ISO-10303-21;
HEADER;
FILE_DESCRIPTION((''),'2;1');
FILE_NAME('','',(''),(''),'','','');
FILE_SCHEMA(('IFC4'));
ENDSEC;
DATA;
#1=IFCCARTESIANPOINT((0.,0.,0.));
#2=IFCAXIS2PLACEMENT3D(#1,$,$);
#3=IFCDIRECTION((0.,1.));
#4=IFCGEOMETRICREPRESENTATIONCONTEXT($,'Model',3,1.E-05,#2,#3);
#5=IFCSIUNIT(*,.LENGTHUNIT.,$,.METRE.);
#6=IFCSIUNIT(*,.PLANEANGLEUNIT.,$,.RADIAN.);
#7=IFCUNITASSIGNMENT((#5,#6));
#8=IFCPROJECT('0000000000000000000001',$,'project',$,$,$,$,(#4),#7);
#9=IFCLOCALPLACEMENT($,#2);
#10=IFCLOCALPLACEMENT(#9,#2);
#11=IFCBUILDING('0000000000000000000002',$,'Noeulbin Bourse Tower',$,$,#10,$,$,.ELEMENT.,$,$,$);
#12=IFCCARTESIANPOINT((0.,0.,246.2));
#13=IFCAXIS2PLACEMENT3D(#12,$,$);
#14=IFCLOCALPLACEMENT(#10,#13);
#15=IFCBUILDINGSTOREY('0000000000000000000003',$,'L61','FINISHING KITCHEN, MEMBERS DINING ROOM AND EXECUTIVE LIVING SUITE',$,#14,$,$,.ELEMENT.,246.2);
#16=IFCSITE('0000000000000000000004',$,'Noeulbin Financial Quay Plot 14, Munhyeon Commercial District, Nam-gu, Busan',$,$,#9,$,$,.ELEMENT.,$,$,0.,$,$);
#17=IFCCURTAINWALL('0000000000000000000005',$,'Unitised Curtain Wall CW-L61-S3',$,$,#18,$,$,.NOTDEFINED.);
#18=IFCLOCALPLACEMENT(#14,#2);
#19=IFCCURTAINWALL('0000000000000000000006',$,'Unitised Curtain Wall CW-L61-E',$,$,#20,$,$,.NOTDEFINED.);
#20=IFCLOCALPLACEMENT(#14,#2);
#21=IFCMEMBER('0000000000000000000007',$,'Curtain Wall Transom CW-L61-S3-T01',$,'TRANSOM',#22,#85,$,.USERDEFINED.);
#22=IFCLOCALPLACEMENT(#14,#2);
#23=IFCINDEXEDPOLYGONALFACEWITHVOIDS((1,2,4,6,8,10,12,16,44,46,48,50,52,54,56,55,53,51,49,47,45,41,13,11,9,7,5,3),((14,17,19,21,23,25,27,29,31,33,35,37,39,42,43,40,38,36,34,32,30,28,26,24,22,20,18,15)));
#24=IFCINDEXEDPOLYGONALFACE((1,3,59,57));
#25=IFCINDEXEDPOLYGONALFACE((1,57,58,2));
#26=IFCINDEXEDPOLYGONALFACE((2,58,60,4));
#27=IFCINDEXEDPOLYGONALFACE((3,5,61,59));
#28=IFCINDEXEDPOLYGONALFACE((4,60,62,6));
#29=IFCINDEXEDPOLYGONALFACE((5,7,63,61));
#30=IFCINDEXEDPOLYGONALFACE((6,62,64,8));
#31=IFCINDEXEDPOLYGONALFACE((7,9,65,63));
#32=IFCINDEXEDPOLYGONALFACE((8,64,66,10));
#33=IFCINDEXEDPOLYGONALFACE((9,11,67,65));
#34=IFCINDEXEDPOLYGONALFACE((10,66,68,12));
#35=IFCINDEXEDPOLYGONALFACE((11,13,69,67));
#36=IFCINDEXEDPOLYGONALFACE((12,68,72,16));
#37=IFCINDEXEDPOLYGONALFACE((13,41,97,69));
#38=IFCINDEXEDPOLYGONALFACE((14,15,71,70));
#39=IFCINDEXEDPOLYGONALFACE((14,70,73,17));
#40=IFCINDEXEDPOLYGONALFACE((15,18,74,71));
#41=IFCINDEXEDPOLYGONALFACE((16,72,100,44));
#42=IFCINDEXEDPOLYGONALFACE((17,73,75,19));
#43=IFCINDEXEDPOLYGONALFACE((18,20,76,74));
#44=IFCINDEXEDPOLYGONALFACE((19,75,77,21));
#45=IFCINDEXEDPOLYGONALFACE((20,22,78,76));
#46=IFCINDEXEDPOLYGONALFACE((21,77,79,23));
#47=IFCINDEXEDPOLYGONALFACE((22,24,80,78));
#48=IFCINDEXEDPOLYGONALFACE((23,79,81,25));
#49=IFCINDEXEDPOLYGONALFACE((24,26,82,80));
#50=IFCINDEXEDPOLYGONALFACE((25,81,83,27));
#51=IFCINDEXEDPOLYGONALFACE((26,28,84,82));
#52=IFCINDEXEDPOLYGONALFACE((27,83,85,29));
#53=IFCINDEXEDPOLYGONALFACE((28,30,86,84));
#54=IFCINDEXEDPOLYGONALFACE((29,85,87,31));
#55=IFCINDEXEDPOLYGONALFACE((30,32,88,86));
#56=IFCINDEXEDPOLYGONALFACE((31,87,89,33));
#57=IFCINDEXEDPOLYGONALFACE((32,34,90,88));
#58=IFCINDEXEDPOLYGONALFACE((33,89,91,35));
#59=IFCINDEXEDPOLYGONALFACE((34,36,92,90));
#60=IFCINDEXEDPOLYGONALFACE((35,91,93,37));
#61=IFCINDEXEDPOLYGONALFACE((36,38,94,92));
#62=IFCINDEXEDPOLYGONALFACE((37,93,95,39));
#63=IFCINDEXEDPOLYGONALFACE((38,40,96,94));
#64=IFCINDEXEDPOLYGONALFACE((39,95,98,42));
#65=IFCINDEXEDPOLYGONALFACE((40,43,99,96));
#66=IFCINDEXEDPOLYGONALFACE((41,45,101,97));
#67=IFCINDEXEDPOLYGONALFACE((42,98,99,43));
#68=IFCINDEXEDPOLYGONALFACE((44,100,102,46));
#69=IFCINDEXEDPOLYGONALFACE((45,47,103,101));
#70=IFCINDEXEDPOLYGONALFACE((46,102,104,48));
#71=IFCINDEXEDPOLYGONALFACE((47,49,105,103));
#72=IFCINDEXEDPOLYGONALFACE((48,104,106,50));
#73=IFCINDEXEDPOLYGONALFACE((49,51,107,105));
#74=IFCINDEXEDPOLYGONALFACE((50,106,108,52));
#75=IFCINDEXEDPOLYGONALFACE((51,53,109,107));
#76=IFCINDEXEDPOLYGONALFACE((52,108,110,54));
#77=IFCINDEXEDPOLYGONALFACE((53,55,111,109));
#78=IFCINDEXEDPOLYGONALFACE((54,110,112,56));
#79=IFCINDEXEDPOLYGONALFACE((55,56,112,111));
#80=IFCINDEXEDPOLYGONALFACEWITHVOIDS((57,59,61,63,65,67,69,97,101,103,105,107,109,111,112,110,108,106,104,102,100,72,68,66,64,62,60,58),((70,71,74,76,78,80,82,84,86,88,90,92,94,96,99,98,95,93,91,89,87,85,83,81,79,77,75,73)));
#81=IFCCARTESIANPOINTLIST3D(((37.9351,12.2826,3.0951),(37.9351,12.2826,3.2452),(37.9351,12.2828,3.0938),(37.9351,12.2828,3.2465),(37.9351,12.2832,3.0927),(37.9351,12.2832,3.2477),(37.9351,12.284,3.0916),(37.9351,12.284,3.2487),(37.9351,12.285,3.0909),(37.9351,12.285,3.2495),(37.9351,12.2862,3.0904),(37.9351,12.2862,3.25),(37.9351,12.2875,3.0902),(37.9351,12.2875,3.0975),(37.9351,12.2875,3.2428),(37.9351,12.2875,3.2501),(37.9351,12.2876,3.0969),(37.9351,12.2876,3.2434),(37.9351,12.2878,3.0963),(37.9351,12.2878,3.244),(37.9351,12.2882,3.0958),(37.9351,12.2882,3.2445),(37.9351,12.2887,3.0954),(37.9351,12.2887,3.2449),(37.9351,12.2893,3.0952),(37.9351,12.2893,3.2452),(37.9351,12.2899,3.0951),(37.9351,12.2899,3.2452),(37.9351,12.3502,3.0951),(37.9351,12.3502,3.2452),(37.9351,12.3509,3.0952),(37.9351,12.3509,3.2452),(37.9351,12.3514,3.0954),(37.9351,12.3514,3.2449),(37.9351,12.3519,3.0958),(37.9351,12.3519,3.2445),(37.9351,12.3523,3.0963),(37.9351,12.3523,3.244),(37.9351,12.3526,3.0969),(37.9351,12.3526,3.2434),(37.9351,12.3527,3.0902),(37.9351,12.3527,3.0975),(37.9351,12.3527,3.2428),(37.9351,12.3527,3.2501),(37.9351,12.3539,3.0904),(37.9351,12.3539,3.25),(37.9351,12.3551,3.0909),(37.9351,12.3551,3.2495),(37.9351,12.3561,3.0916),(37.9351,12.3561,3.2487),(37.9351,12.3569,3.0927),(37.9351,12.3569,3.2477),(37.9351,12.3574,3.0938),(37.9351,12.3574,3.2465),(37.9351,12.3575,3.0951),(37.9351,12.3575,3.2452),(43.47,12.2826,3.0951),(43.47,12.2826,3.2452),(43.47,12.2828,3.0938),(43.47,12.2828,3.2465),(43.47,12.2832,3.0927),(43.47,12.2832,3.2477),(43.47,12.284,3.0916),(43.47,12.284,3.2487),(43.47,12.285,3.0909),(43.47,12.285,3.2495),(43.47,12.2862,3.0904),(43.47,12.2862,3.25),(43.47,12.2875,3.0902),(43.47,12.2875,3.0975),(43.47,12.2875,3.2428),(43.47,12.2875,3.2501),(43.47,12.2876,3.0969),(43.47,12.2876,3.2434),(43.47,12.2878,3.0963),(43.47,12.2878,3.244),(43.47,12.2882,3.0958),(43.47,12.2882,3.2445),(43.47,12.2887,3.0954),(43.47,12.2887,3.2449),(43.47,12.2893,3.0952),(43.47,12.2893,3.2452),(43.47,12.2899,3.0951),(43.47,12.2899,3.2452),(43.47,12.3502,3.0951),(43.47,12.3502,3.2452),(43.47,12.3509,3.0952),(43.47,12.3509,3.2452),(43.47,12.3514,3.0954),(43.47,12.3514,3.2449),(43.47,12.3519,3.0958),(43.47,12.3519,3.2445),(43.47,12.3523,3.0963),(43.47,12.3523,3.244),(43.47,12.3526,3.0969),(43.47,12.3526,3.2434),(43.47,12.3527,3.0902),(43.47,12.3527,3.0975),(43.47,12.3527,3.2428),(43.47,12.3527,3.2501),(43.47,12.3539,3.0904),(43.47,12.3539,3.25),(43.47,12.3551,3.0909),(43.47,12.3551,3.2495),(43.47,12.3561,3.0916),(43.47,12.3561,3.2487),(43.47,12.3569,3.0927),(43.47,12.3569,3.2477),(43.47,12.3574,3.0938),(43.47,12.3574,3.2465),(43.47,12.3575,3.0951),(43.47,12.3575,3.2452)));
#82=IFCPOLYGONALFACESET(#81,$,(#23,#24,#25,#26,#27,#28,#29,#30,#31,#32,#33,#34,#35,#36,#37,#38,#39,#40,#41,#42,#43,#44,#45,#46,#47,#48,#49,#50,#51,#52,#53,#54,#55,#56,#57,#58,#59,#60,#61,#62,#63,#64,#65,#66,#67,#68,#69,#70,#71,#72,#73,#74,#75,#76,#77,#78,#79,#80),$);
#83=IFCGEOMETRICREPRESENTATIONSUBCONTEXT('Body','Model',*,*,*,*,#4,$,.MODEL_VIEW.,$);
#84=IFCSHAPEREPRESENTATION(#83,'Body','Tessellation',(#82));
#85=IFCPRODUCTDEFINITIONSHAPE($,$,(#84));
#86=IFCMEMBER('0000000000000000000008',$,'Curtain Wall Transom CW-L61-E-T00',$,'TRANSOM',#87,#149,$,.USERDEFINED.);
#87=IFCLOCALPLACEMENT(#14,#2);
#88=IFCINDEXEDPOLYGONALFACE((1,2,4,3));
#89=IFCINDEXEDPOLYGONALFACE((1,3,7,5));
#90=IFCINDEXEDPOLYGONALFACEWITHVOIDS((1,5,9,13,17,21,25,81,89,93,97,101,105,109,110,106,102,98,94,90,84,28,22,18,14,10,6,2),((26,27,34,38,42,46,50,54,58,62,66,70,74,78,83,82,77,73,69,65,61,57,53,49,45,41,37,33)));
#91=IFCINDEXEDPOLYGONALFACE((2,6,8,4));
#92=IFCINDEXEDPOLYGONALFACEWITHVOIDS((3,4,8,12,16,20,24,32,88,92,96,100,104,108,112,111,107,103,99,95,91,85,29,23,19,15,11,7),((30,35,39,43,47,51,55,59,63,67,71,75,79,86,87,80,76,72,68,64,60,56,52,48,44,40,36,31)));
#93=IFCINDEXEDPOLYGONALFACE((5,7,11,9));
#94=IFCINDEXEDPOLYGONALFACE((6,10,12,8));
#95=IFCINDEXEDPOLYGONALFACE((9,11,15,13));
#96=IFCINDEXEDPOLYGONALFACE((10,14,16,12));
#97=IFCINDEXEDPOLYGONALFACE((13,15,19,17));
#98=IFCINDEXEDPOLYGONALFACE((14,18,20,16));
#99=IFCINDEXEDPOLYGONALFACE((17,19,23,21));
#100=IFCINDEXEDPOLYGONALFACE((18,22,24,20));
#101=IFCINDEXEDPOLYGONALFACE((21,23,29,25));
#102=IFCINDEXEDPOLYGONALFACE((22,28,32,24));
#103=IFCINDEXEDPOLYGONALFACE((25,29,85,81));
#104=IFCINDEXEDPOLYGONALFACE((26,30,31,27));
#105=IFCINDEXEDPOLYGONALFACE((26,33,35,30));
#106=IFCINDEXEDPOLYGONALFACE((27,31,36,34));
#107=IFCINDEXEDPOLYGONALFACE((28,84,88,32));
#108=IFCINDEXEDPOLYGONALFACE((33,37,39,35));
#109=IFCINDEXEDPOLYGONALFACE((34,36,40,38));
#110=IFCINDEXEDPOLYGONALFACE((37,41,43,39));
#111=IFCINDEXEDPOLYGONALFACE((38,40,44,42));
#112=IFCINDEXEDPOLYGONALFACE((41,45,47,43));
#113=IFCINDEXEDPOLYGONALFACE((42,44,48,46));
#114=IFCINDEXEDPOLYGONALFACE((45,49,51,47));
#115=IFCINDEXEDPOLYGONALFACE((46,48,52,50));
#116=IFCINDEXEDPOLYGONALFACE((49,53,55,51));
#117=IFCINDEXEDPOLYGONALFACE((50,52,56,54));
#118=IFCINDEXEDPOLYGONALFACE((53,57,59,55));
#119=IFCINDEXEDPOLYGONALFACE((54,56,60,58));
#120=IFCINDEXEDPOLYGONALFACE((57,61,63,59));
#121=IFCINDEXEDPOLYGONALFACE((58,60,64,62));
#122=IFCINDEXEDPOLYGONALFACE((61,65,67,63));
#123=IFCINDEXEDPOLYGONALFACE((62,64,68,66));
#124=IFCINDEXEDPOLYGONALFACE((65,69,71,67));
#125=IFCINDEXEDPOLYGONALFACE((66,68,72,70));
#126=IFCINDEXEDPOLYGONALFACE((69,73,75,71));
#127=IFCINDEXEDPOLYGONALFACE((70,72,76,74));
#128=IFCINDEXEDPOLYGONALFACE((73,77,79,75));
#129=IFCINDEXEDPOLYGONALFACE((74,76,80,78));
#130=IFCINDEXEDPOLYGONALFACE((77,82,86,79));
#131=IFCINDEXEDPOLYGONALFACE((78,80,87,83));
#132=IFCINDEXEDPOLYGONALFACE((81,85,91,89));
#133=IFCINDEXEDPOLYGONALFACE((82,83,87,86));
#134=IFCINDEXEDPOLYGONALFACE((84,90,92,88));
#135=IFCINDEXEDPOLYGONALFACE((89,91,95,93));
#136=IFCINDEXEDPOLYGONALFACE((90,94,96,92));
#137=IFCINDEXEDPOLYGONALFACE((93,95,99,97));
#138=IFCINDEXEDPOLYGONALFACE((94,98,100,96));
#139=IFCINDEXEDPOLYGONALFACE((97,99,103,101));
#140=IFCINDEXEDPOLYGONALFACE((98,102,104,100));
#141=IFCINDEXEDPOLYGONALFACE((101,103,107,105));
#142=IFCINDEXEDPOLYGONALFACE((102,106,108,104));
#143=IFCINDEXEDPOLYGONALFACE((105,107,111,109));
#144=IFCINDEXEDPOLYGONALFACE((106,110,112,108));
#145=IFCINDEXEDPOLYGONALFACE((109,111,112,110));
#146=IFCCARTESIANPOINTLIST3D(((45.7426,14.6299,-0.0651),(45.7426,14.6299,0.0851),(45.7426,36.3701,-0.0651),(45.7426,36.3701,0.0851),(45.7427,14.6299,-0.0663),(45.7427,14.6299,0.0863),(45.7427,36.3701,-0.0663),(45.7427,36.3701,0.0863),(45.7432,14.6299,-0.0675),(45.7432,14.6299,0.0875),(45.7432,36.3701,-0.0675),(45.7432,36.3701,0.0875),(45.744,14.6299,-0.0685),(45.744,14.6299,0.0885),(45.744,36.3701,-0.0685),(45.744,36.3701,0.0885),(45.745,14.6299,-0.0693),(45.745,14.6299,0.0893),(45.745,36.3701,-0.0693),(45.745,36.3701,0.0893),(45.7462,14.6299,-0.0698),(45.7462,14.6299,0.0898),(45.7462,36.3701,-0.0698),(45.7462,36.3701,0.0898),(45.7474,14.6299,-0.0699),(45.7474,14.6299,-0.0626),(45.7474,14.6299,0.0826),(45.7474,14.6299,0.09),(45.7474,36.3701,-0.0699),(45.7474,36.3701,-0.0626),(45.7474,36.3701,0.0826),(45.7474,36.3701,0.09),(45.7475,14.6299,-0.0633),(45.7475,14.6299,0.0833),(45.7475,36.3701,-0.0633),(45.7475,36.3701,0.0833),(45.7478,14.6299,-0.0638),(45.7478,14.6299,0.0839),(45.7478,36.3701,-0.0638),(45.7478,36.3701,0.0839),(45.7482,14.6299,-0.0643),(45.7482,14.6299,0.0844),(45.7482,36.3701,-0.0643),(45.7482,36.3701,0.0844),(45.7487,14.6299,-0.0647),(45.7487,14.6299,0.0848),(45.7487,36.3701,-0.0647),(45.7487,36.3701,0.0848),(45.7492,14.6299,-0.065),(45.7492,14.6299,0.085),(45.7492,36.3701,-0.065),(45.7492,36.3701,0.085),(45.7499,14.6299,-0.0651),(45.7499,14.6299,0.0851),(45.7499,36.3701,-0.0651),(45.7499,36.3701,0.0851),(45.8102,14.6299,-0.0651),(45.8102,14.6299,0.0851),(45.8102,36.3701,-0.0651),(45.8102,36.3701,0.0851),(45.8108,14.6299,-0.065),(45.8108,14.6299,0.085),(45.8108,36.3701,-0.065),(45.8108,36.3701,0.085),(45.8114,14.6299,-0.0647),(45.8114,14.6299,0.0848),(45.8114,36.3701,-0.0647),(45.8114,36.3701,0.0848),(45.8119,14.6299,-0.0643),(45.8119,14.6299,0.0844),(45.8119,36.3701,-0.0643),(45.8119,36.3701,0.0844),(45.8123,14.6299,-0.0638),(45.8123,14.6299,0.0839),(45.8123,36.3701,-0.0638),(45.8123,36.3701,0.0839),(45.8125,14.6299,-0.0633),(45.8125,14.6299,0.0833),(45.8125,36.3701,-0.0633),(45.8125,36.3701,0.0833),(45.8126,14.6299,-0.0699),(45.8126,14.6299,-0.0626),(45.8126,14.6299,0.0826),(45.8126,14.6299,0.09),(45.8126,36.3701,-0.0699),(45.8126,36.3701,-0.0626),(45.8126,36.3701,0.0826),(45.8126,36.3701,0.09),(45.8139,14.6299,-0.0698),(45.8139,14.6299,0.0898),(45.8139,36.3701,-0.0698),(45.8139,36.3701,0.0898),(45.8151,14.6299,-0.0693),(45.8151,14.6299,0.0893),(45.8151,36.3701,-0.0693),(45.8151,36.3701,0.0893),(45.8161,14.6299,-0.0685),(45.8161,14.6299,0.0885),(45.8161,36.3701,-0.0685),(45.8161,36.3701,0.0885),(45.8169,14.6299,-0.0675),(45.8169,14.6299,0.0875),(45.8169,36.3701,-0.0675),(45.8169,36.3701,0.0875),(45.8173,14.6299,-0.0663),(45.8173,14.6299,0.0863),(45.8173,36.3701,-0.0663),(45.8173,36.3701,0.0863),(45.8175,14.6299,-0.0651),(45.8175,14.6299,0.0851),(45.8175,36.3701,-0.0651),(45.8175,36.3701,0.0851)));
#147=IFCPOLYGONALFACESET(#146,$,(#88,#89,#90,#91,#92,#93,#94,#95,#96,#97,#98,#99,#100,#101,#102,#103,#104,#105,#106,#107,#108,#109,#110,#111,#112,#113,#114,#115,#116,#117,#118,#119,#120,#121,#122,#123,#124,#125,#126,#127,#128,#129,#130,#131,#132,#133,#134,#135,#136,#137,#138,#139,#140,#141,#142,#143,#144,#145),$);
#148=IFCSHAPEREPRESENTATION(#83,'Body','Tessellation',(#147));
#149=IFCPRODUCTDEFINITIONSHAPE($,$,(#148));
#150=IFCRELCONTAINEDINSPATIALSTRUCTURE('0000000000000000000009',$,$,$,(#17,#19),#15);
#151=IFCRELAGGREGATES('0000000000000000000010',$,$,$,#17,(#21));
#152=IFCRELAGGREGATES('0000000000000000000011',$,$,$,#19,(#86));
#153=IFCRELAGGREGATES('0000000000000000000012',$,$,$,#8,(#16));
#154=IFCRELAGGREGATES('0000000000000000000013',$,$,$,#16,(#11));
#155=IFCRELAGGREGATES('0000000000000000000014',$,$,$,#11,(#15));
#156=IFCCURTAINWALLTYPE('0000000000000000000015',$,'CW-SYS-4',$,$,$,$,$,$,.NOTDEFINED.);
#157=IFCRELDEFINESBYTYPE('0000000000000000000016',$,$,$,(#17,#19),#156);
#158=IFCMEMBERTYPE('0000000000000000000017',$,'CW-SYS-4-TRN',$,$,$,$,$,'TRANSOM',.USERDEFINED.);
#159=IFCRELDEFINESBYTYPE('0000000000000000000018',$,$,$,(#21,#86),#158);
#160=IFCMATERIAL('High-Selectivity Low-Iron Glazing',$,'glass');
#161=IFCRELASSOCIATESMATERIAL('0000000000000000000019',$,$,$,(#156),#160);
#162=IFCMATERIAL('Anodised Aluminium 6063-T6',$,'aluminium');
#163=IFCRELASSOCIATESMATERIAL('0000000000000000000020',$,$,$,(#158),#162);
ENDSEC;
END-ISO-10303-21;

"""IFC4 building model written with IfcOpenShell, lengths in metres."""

from ifc_helpers import new_model, si_unit, direction, frame, origin, origin_2d, place, context, subcontext, project, spatial, hollow_rectangle, extrude, material, material_profile, profile_set, type_object, element, aggregate, save


model = new_model("IFC4")

# Units and contexts
model_context = context("Model", 3, precision=1e-05, world=origin(), true_north=direction((0.0, 1.0)))
body_context = subcontext(model_context, "Body", "Model", "MODEL_VIEW")
ifc_project = project(units=[si_unit("LENGTHUNIT", "METRE"), si_unit("PLANEANGLEUNIT", "RADIAN")], contexts=[model_context])

# Site, building, storey
site_placement = place(None, origin())
site = spatial("IfcSite", under=ifc_project, at=site_placement, Name="Noeulbin Financial Quay Plot 14, Munhyeon Commercial District, Nam-gu, Busan", CompositionType="ELEMENT", RefElevation=0.0)
building_placement = place(site_placement, origin())
building = spatial("IfcBuilding", under=site, at=building_placement, Name="Noeulbin Bourse Tower", CompositionType="ELEMENT")
storey_placement = place(building_placement, frame((0.0, 0.0, 246.2)))
storey = spatial("IfcBuildingStorey", under=building, at=storey_placement, Name="L61", Description="FINISHING KITCHEN, MEMBERS DINING ROOM AND EXECUTIVE LIVING SUITE", CompositionType="ELEMENT", Elevation=246.2)

# Curtain walls
ifc_material_1 = material(Name="High-Selectivity Low-Iron Glazing", Category="glass")
curtain_wall_type = type_object("IfcCurtainWallType", Name="CW-SYS-4", PredefinedType="NOTDEFINED", material=ifc_material_1)
curtain_wall_1_placement = place(storey_placement, origin())
curtain_wall_1 = element("IfcCurtainWall", 1, at=curtain_wall_1_placement, inside=storey, type_object=curtain_wall_type, Name="Unitised Curtain Wall CW-L61-S3", PredefinedType="NOTDEFINED")
ifc_material_2 = material(Name="Anodised Aluminium 6063-T6", Category="aluminium")
curtain_wall_2_placement = place(storey_placement, origin())
curtain_wall_2 = element("IfcCurtainWall", 2, at=curtain_wall_2_placement, inside=storey, type_object=curtain_wall_type, Name="Unitised Curtain Wall CW-L61-E", PredefinedType="NOTDEFINED")

# Members
ifc_material_profile_1 = material_profile(ifc_material_2, hollow_rectangle(XDim=0.075, YDim=0.1599, WallThickness=0.0049, InnerFilletRadius=0.0024, OuterFilletRadius=0.0049, at=origin_2d()), Name="ALU-TRAN-75x160x5", Category="LoadBearing")
ifc_profile_set_1 = profile_set([ifc_material_profile_1], Name="Anodised Aluminium 6063-T6")
member_type_1 = type_object("IfcMemberType", Name="CW-SYS-4-TRN", ElementType="TRANSOM", PredefinedType="USERDEFINED", material=ifc_profile_set_1)
member_1_placement = place(storey_placement, frame((37.9351, 12.3201, 3.1702), z_axis=(1.0, 0.0, 0.0), x_axis=(0.0, 1.0, 0.0)))
member_1 = element("IfcMember", 3, at=member_1_placement, type_object=member_type_1, Name="Curtain Wall Transom CW-L61-S3-T01", ObjectType="TRANSOM", PredefinedType="USERDEFINED", context=body_context, shape_type="SweptSolid", body=[
    extrude(hollow_rectangle(XDim=0.075, YDim=0.1599, WallThickness=0.0049, InnerFilletRadius=0.0024, OuterFilletRadius=0.0049, at=origin_2d()), origin(), (0.0, 0.0, 1.0), 5.5349),
])
member_2_placement = place(storey_placement, frame((45.78, 14.6299, 0.01), z_axis=(0.0, 1.0, 0.0), x_axis=(-1.0, 0.0, 0.0)))
member_2 = element("IfcMember", 4, at=member_2_placement, type_object=member_type_1, Name="Curtain Wall Transom CW-L61-E-T00", ObjectType="TRANSOM", PredefinedType="USERDEFINED", context=body_context, shape_type="SweptSolid", body=[
    extrude(hollow_rectangle(XDim=0.075, YDim=0.1599, WallThickness=0.0049, InnerFilletRadius=0.0024, OuterFilletRadius=0.0049, at=origin_2d()), origin(), (0.0, 0.0, 1.0), 21.7402),
])

aggregate(curtain_wall_1, [member_1])
aggregate(curtain_wall_2, [member_2])

save(model, "model.ifc")
